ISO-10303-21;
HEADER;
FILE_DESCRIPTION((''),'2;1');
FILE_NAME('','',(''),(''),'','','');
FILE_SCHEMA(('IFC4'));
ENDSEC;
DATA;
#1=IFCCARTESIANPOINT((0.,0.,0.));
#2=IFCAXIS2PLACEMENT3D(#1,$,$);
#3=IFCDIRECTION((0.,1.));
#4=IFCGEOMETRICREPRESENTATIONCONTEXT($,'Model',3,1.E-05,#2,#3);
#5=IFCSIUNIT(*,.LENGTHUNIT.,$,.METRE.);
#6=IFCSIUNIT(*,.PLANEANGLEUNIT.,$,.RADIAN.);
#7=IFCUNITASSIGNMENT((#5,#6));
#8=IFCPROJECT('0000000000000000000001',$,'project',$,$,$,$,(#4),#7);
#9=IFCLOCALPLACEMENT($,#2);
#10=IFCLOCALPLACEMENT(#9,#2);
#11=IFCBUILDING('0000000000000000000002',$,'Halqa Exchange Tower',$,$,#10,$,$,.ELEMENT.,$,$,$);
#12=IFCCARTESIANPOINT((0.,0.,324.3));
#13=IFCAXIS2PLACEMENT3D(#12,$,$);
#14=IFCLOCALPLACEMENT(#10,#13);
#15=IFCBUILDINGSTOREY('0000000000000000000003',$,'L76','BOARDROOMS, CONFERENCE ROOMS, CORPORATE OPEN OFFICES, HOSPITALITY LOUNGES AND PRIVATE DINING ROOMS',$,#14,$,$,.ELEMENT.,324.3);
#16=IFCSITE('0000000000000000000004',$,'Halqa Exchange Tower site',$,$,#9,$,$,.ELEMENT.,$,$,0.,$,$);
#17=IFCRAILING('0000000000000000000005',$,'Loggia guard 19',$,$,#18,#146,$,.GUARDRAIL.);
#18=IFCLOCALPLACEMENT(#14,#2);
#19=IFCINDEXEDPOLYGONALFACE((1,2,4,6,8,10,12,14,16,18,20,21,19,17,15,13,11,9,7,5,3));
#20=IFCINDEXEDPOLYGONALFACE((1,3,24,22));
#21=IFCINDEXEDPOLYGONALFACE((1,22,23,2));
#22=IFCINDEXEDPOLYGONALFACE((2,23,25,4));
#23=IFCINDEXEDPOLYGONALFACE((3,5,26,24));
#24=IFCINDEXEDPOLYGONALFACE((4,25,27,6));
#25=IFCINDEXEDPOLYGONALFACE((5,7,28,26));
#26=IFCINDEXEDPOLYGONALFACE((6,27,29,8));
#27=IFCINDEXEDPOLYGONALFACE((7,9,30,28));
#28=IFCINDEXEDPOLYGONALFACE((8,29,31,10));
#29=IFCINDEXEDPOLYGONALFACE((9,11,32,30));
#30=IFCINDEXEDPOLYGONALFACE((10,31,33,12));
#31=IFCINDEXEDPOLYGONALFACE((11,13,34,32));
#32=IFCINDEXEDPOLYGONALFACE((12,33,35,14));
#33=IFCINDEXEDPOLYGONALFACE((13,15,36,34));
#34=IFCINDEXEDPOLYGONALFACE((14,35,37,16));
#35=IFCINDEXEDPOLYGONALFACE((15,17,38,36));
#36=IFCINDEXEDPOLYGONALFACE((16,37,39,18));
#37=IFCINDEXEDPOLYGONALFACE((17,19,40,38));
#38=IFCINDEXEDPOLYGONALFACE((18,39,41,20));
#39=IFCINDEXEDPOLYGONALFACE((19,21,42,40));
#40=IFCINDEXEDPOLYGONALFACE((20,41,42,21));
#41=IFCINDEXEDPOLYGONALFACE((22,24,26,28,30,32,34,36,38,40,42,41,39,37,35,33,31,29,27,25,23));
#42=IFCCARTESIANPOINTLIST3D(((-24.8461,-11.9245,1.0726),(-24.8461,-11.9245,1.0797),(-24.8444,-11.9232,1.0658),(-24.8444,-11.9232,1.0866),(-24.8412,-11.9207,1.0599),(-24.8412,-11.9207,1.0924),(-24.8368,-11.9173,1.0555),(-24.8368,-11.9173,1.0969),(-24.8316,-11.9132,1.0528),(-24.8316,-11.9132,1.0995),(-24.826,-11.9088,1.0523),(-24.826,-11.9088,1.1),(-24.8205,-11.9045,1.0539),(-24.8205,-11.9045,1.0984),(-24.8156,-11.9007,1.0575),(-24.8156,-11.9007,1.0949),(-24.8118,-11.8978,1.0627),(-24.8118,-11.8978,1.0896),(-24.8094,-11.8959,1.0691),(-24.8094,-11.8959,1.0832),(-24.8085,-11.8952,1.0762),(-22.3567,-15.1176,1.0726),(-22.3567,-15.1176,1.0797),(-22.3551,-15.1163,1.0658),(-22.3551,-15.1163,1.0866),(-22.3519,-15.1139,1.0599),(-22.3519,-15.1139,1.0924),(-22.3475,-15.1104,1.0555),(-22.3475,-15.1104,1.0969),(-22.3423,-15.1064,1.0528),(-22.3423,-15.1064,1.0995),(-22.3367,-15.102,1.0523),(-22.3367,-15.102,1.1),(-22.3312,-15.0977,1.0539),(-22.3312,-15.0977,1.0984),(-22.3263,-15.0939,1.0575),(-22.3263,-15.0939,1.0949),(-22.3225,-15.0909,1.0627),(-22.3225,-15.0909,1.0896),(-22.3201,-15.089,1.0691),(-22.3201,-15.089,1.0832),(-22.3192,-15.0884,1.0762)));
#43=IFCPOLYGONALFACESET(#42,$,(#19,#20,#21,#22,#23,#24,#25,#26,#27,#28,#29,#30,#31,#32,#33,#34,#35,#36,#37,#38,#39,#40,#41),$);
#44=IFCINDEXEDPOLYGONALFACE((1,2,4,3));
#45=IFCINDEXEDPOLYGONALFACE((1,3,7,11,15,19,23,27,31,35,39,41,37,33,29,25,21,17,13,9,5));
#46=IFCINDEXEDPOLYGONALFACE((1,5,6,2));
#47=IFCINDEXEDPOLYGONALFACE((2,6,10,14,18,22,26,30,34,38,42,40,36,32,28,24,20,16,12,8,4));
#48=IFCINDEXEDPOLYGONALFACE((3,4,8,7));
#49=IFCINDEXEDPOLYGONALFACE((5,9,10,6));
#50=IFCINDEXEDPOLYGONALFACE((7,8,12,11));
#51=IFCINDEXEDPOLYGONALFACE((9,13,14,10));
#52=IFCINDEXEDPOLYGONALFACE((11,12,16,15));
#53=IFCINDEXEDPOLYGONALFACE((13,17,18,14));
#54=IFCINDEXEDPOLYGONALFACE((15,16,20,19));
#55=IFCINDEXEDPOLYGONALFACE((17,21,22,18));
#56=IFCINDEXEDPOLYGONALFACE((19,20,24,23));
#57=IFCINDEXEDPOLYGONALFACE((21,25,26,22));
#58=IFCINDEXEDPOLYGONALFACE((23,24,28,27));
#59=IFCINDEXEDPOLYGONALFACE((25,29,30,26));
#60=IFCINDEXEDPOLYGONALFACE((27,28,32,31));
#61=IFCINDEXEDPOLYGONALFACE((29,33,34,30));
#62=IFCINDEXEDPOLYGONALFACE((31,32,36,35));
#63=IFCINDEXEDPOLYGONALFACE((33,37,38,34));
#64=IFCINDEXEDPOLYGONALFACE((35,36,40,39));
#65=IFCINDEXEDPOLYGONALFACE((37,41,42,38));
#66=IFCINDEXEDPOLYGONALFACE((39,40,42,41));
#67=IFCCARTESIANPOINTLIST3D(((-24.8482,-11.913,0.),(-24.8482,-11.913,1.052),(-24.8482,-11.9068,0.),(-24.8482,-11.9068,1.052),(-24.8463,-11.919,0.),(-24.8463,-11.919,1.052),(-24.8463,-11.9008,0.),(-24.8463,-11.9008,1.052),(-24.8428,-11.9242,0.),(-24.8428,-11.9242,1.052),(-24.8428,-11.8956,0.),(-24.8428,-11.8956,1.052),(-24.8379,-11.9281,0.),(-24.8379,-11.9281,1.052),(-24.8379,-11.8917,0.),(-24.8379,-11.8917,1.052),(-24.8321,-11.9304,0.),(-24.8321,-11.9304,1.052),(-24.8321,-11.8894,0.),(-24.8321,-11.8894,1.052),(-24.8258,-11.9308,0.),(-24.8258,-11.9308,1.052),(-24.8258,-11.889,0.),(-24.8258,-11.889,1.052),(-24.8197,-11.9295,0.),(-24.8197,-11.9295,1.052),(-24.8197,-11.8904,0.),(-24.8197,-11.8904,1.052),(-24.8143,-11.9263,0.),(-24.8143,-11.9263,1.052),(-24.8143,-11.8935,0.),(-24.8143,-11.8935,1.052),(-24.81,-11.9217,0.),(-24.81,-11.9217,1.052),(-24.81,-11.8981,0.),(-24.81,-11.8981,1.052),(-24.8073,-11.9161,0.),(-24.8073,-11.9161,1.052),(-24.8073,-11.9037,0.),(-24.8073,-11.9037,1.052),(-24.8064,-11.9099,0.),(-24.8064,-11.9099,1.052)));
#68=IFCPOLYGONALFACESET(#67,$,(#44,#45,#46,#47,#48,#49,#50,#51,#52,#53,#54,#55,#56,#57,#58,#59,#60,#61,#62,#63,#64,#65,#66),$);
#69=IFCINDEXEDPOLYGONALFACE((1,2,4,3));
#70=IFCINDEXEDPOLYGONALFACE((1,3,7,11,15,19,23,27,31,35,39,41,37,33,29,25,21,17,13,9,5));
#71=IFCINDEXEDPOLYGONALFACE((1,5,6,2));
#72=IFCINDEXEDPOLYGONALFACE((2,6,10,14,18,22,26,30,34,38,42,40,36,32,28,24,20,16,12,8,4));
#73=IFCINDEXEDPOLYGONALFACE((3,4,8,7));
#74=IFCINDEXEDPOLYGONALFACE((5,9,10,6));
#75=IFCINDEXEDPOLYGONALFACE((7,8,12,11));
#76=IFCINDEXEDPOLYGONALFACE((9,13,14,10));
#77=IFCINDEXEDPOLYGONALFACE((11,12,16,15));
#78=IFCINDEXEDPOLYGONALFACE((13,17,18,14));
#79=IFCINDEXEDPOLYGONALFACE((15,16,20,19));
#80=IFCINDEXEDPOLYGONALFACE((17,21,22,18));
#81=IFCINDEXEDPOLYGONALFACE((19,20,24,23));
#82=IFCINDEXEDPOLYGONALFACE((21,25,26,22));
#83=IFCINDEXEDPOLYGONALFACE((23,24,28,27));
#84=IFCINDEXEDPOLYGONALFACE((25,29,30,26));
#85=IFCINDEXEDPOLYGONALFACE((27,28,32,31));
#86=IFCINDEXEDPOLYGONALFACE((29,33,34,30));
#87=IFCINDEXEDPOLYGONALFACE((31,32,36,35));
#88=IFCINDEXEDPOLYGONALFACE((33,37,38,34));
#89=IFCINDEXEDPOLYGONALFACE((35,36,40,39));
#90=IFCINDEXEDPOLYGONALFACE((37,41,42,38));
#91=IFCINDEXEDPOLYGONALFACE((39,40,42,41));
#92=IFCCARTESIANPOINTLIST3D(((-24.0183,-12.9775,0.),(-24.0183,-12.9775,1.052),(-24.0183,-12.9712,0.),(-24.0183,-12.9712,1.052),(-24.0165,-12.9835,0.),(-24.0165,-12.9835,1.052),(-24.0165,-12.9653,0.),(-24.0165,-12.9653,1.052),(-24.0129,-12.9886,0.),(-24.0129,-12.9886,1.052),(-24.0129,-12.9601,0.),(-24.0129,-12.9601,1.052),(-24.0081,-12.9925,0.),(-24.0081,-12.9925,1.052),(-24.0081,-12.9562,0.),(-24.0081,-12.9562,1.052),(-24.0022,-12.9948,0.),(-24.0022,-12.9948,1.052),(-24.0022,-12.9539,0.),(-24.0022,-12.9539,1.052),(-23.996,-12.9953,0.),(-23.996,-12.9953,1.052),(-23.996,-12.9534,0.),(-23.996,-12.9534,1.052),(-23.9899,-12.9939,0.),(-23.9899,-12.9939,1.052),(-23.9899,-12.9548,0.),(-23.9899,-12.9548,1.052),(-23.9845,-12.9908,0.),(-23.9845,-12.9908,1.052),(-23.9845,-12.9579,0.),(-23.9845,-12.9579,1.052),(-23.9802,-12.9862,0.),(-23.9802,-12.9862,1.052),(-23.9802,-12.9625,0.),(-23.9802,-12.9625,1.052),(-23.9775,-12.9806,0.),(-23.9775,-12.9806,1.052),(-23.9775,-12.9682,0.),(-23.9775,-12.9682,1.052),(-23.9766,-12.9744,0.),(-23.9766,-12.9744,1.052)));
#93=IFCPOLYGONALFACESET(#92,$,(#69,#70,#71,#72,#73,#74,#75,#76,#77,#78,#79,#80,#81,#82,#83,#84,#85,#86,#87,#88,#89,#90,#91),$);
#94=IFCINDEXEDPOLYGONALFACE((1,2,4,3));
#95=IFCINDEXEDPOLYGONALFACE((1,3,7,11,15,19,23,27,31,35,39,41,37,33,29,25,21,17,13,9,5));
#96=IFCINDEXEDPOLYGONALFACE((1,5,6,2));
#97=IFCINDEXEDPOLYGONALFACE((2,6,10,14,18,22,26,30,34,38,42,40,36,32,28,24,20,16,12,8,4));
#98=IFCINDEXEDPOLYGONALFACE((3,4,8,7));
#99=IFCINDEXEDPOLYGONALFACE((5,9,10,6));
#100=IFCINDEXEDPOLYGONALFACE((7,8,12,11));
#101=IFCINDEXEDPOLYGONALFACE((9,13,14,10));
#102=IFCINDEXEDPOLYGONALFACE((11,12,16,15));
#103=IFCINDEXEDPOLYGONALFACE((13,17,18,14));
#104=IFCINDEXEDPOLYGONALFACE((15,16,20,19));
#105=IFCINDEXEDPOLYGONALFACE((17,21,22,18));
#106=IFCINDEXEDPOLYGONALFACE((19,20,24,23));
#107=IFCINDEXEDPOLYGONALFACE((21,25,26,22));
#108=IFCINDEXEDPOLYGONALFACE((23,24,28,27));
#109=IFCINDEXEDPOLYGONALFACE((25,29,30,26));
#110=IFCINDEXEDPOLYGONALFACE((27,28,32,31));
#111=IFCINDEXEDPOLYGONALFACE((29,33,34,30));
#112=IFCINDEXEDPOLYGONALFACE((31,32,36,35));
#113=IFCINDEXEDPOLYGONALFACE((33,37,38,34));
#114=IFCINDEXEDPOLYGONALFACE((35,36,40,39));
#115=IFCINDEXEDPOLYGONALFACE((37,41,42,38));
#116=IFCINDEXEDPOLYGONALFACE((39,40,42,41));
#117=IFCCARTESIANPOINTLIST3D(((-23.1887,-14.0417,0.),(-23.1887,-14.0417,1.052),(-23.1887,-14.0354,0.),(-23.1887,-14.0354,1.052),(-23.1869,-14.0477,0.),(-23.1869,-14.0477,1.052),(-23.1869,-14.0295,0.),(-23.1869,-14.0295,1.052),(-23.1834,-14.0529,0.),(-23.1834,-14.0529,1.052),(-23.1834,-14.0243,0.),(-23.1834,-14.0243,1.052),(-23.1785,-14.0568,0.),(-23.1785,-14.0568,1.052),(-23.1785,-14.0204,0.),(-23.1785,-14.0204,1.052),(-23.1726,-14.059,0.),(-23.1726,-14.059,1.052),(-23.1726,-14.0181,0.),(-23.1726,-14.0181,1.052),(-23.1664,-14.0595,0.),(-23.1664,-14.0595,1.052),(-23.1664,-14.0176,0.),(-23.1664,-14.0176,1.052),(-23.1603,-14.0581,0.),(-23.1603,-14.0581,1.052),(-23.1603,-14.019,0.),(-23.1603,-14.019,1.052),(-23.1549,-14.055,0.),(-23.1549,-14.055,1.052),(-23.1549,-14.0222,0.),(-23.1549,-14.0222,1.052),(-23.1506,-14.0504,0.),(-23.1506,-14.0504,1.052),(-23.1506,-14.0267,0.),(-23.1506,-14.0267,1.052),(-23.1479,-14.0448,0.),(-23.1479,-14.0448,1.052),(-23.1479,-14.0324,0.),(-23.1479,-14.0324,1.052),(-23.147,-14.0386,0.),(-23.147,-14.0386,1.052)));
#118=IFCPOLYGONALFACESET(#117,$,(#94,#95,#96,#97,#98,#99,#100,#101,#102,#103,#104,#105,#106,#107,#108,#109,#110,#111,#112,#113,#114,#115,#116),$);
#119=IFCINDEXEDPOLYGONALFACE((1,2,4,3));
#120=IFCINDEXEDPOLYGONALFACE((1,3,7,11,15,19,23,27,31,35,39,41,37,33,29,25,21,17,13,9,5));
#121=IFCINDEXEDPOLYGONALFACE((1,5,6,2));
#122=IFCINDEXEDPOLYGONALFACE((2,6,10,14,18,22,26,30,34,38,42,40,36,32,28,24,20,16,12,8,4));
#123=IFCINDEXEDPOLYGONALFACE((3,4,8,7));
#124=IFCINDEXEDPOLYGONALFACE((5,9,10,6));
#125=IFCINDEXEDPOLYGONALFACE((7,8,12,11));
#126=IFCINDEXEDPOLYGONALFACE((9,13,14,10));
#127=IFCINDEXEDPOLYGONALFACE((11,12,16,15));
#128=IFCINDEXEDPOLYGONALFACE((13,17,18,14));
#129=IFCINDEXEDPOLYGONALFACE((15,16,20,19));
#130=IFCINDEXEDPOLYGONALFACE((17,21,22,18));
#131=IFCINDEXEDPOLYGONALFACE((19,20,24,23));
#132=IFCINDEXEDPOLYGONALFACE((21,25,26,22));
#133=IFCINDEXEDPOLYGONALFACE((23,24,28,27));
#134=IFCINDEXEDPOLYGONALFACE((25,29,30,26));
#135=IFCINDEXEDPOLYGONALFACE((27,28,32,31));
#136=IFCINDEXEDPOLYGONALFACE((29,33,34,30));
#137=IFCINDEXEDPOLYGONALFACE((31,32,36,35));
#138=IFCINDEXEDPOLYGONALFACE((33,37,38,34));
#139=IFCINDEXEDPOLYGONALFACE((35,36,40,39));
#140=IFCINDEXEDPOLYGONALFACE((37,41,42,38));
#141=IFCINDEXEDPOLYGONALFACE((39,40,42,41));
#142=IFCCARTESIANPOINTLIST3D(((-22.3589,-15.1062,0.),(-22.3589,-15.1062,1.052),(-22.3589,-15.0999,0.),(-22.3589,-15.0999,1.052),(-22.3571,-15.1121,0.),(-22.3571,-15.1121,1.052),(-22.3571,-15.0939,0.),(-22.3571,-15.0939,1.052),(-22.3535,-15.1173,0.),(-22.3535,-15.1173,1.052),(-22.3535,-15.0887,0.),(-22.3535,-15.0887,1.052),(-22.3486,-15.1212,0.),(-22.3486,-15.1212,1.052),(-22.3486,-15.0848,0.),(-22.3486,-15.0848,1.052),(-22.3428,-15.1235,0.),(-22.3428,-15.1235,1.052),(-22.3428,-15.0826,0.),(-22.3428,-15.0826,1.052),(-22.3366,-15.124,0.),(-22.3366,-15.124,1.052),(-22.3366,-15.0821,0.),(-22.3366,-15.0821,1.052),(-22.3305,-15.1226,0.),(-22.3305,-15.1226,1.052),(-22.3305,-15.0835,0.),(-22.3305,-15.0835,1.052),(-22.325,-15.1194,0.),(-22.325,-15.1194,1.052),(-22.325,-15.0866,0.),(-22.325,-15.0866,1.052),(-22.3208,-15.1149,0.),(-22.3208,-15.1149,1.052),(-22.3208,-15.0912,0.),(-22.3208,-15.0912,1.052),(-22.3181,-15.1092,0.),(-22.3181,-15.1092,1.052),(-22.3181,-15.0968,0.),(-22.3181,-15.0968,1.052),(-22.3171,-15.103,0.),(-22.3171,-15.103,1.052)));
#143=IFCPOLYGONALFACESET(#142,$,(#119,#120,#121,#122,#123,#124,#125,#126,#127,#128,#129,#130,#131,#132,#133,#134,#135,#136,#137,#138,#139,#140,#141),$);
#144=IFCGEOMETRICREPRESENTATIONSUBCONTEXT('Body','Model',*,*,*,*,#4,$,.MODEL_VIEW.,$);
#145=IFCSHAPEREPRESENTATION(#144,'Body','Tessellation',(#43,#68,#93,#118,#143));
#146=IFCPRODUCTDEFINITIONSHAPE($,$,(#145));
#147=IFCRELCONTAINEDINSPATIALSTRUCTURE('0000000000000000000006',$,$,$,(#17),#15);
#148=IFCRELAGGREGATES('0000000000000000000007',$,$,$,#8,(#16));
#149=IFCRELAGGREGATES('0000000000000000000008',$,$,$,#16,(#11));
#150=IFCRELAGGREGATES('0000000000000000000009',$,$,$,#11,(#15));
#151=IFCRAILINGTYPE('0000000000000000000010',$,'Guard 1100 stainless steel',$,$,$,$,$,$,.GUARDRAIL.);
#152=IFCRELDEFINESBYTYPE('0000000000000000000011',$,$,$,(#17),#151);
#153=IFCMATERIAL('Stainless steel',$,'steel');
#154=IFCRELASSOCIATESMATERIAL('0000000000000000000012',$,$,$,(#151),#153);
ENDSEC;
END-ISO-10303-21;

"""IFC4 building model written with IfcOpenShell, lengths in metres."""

from ifc_helpers import new_model, si_unit, direction, frame, origin, origin_2d, place, context, subcontext, project, spatial, circle, extrude, material, type_object, element, save


model = new_model("IFC4")

# Units and contexts
model_context = context("Model", 3, precision=1e-05, world=origin(), true_north=direction((0.0, 1.0)))
body_context = subcontext(model_context, "Body", "Model", "MODEL_VIEW")
ifc_project = project(units=[si_unit("LENGTHUNIT", "METRE"), si_unit("PLANEANGLEUNIT", "RADIAN")], contexts=[model_context])

# Site, building, storey
site_placement = place(None, origin())
site = spatial("IfcSite", under=ifc_project, at=site_placement, Name="Halqa Exchange Tower site", CompositionType="ELEMENT", RefElevation=0.0)
building_placement = place(site_placement, origin())
building = spatial("IfcBuilding", under=site, at=building_placement, Name="Halqa Exchange Tower", CompositionType="ELEMENT")
storey_placement = place(building_placement, frame((0.0, 0.0, 324.3)))
storey = spatial("IfcBuildingStorey", under=building, at=storey_placement, Name="L76", Description="BOARDROOMS, CONFERENCE ROOMS, CORPORATE OPEN OFFICES, HOSPITALITY LOUNGES AND PRIVATE DINING ROOMS", CompositionType="ELEMENT", Elevation=324.3)

# Railing
ifc_material_1 = material(Name="Stainless steel", Category="steel")
railing_type = type_object("IfcRailingType", Name="Guard 1100 stainless steel", PredefinedType="GUARDRAIL", material=ifc_material_1)
railing_1_placement = place(storey_placement, frame((-24.8274, -11.9099, 0.0)))
element("IfcRailing", 1, at=railing_1_placement, inside=storey, type_object=railing_type, Name="Loggia guard 19", PredefinedType="GUARDRAIL", context=body_context, shape_type="SweptSolid", body=[
    extrude(circle(Radius=0.0239, at=origin_2d()), frame((0.0, 0.0, 1.0762), z_axis=(0.614821, -0.788667, 0.0), x_axis=(0.788667, 0.614821, 0.0)), (0.0, 0.0, 1.0), 4.0488),
    extrude(circle(Radius=0.021, at=origin_2d()), origin(), (0.0, 0.0, 1.0), 1.052),
    extrude(circle(Radius=0.021, at=origin_2d()), frame((0.8298, -1.0645, 0.0)), (0.0, 0.0, 1.0), 1.052),
    extrude(circle(Radius=0.021, at=origin_2d()), frame((1.6594, -2.1287, 0.0)), (0.0, 0.0, 1.0), 1.052),
    extrude(circle(Radius=0.021, at=origin_2d()), frame((2.4893, -3.1931, 0.0)), (0.0, 0.0, 1.0), 1.052),
])

save(model, "model.ifc")
